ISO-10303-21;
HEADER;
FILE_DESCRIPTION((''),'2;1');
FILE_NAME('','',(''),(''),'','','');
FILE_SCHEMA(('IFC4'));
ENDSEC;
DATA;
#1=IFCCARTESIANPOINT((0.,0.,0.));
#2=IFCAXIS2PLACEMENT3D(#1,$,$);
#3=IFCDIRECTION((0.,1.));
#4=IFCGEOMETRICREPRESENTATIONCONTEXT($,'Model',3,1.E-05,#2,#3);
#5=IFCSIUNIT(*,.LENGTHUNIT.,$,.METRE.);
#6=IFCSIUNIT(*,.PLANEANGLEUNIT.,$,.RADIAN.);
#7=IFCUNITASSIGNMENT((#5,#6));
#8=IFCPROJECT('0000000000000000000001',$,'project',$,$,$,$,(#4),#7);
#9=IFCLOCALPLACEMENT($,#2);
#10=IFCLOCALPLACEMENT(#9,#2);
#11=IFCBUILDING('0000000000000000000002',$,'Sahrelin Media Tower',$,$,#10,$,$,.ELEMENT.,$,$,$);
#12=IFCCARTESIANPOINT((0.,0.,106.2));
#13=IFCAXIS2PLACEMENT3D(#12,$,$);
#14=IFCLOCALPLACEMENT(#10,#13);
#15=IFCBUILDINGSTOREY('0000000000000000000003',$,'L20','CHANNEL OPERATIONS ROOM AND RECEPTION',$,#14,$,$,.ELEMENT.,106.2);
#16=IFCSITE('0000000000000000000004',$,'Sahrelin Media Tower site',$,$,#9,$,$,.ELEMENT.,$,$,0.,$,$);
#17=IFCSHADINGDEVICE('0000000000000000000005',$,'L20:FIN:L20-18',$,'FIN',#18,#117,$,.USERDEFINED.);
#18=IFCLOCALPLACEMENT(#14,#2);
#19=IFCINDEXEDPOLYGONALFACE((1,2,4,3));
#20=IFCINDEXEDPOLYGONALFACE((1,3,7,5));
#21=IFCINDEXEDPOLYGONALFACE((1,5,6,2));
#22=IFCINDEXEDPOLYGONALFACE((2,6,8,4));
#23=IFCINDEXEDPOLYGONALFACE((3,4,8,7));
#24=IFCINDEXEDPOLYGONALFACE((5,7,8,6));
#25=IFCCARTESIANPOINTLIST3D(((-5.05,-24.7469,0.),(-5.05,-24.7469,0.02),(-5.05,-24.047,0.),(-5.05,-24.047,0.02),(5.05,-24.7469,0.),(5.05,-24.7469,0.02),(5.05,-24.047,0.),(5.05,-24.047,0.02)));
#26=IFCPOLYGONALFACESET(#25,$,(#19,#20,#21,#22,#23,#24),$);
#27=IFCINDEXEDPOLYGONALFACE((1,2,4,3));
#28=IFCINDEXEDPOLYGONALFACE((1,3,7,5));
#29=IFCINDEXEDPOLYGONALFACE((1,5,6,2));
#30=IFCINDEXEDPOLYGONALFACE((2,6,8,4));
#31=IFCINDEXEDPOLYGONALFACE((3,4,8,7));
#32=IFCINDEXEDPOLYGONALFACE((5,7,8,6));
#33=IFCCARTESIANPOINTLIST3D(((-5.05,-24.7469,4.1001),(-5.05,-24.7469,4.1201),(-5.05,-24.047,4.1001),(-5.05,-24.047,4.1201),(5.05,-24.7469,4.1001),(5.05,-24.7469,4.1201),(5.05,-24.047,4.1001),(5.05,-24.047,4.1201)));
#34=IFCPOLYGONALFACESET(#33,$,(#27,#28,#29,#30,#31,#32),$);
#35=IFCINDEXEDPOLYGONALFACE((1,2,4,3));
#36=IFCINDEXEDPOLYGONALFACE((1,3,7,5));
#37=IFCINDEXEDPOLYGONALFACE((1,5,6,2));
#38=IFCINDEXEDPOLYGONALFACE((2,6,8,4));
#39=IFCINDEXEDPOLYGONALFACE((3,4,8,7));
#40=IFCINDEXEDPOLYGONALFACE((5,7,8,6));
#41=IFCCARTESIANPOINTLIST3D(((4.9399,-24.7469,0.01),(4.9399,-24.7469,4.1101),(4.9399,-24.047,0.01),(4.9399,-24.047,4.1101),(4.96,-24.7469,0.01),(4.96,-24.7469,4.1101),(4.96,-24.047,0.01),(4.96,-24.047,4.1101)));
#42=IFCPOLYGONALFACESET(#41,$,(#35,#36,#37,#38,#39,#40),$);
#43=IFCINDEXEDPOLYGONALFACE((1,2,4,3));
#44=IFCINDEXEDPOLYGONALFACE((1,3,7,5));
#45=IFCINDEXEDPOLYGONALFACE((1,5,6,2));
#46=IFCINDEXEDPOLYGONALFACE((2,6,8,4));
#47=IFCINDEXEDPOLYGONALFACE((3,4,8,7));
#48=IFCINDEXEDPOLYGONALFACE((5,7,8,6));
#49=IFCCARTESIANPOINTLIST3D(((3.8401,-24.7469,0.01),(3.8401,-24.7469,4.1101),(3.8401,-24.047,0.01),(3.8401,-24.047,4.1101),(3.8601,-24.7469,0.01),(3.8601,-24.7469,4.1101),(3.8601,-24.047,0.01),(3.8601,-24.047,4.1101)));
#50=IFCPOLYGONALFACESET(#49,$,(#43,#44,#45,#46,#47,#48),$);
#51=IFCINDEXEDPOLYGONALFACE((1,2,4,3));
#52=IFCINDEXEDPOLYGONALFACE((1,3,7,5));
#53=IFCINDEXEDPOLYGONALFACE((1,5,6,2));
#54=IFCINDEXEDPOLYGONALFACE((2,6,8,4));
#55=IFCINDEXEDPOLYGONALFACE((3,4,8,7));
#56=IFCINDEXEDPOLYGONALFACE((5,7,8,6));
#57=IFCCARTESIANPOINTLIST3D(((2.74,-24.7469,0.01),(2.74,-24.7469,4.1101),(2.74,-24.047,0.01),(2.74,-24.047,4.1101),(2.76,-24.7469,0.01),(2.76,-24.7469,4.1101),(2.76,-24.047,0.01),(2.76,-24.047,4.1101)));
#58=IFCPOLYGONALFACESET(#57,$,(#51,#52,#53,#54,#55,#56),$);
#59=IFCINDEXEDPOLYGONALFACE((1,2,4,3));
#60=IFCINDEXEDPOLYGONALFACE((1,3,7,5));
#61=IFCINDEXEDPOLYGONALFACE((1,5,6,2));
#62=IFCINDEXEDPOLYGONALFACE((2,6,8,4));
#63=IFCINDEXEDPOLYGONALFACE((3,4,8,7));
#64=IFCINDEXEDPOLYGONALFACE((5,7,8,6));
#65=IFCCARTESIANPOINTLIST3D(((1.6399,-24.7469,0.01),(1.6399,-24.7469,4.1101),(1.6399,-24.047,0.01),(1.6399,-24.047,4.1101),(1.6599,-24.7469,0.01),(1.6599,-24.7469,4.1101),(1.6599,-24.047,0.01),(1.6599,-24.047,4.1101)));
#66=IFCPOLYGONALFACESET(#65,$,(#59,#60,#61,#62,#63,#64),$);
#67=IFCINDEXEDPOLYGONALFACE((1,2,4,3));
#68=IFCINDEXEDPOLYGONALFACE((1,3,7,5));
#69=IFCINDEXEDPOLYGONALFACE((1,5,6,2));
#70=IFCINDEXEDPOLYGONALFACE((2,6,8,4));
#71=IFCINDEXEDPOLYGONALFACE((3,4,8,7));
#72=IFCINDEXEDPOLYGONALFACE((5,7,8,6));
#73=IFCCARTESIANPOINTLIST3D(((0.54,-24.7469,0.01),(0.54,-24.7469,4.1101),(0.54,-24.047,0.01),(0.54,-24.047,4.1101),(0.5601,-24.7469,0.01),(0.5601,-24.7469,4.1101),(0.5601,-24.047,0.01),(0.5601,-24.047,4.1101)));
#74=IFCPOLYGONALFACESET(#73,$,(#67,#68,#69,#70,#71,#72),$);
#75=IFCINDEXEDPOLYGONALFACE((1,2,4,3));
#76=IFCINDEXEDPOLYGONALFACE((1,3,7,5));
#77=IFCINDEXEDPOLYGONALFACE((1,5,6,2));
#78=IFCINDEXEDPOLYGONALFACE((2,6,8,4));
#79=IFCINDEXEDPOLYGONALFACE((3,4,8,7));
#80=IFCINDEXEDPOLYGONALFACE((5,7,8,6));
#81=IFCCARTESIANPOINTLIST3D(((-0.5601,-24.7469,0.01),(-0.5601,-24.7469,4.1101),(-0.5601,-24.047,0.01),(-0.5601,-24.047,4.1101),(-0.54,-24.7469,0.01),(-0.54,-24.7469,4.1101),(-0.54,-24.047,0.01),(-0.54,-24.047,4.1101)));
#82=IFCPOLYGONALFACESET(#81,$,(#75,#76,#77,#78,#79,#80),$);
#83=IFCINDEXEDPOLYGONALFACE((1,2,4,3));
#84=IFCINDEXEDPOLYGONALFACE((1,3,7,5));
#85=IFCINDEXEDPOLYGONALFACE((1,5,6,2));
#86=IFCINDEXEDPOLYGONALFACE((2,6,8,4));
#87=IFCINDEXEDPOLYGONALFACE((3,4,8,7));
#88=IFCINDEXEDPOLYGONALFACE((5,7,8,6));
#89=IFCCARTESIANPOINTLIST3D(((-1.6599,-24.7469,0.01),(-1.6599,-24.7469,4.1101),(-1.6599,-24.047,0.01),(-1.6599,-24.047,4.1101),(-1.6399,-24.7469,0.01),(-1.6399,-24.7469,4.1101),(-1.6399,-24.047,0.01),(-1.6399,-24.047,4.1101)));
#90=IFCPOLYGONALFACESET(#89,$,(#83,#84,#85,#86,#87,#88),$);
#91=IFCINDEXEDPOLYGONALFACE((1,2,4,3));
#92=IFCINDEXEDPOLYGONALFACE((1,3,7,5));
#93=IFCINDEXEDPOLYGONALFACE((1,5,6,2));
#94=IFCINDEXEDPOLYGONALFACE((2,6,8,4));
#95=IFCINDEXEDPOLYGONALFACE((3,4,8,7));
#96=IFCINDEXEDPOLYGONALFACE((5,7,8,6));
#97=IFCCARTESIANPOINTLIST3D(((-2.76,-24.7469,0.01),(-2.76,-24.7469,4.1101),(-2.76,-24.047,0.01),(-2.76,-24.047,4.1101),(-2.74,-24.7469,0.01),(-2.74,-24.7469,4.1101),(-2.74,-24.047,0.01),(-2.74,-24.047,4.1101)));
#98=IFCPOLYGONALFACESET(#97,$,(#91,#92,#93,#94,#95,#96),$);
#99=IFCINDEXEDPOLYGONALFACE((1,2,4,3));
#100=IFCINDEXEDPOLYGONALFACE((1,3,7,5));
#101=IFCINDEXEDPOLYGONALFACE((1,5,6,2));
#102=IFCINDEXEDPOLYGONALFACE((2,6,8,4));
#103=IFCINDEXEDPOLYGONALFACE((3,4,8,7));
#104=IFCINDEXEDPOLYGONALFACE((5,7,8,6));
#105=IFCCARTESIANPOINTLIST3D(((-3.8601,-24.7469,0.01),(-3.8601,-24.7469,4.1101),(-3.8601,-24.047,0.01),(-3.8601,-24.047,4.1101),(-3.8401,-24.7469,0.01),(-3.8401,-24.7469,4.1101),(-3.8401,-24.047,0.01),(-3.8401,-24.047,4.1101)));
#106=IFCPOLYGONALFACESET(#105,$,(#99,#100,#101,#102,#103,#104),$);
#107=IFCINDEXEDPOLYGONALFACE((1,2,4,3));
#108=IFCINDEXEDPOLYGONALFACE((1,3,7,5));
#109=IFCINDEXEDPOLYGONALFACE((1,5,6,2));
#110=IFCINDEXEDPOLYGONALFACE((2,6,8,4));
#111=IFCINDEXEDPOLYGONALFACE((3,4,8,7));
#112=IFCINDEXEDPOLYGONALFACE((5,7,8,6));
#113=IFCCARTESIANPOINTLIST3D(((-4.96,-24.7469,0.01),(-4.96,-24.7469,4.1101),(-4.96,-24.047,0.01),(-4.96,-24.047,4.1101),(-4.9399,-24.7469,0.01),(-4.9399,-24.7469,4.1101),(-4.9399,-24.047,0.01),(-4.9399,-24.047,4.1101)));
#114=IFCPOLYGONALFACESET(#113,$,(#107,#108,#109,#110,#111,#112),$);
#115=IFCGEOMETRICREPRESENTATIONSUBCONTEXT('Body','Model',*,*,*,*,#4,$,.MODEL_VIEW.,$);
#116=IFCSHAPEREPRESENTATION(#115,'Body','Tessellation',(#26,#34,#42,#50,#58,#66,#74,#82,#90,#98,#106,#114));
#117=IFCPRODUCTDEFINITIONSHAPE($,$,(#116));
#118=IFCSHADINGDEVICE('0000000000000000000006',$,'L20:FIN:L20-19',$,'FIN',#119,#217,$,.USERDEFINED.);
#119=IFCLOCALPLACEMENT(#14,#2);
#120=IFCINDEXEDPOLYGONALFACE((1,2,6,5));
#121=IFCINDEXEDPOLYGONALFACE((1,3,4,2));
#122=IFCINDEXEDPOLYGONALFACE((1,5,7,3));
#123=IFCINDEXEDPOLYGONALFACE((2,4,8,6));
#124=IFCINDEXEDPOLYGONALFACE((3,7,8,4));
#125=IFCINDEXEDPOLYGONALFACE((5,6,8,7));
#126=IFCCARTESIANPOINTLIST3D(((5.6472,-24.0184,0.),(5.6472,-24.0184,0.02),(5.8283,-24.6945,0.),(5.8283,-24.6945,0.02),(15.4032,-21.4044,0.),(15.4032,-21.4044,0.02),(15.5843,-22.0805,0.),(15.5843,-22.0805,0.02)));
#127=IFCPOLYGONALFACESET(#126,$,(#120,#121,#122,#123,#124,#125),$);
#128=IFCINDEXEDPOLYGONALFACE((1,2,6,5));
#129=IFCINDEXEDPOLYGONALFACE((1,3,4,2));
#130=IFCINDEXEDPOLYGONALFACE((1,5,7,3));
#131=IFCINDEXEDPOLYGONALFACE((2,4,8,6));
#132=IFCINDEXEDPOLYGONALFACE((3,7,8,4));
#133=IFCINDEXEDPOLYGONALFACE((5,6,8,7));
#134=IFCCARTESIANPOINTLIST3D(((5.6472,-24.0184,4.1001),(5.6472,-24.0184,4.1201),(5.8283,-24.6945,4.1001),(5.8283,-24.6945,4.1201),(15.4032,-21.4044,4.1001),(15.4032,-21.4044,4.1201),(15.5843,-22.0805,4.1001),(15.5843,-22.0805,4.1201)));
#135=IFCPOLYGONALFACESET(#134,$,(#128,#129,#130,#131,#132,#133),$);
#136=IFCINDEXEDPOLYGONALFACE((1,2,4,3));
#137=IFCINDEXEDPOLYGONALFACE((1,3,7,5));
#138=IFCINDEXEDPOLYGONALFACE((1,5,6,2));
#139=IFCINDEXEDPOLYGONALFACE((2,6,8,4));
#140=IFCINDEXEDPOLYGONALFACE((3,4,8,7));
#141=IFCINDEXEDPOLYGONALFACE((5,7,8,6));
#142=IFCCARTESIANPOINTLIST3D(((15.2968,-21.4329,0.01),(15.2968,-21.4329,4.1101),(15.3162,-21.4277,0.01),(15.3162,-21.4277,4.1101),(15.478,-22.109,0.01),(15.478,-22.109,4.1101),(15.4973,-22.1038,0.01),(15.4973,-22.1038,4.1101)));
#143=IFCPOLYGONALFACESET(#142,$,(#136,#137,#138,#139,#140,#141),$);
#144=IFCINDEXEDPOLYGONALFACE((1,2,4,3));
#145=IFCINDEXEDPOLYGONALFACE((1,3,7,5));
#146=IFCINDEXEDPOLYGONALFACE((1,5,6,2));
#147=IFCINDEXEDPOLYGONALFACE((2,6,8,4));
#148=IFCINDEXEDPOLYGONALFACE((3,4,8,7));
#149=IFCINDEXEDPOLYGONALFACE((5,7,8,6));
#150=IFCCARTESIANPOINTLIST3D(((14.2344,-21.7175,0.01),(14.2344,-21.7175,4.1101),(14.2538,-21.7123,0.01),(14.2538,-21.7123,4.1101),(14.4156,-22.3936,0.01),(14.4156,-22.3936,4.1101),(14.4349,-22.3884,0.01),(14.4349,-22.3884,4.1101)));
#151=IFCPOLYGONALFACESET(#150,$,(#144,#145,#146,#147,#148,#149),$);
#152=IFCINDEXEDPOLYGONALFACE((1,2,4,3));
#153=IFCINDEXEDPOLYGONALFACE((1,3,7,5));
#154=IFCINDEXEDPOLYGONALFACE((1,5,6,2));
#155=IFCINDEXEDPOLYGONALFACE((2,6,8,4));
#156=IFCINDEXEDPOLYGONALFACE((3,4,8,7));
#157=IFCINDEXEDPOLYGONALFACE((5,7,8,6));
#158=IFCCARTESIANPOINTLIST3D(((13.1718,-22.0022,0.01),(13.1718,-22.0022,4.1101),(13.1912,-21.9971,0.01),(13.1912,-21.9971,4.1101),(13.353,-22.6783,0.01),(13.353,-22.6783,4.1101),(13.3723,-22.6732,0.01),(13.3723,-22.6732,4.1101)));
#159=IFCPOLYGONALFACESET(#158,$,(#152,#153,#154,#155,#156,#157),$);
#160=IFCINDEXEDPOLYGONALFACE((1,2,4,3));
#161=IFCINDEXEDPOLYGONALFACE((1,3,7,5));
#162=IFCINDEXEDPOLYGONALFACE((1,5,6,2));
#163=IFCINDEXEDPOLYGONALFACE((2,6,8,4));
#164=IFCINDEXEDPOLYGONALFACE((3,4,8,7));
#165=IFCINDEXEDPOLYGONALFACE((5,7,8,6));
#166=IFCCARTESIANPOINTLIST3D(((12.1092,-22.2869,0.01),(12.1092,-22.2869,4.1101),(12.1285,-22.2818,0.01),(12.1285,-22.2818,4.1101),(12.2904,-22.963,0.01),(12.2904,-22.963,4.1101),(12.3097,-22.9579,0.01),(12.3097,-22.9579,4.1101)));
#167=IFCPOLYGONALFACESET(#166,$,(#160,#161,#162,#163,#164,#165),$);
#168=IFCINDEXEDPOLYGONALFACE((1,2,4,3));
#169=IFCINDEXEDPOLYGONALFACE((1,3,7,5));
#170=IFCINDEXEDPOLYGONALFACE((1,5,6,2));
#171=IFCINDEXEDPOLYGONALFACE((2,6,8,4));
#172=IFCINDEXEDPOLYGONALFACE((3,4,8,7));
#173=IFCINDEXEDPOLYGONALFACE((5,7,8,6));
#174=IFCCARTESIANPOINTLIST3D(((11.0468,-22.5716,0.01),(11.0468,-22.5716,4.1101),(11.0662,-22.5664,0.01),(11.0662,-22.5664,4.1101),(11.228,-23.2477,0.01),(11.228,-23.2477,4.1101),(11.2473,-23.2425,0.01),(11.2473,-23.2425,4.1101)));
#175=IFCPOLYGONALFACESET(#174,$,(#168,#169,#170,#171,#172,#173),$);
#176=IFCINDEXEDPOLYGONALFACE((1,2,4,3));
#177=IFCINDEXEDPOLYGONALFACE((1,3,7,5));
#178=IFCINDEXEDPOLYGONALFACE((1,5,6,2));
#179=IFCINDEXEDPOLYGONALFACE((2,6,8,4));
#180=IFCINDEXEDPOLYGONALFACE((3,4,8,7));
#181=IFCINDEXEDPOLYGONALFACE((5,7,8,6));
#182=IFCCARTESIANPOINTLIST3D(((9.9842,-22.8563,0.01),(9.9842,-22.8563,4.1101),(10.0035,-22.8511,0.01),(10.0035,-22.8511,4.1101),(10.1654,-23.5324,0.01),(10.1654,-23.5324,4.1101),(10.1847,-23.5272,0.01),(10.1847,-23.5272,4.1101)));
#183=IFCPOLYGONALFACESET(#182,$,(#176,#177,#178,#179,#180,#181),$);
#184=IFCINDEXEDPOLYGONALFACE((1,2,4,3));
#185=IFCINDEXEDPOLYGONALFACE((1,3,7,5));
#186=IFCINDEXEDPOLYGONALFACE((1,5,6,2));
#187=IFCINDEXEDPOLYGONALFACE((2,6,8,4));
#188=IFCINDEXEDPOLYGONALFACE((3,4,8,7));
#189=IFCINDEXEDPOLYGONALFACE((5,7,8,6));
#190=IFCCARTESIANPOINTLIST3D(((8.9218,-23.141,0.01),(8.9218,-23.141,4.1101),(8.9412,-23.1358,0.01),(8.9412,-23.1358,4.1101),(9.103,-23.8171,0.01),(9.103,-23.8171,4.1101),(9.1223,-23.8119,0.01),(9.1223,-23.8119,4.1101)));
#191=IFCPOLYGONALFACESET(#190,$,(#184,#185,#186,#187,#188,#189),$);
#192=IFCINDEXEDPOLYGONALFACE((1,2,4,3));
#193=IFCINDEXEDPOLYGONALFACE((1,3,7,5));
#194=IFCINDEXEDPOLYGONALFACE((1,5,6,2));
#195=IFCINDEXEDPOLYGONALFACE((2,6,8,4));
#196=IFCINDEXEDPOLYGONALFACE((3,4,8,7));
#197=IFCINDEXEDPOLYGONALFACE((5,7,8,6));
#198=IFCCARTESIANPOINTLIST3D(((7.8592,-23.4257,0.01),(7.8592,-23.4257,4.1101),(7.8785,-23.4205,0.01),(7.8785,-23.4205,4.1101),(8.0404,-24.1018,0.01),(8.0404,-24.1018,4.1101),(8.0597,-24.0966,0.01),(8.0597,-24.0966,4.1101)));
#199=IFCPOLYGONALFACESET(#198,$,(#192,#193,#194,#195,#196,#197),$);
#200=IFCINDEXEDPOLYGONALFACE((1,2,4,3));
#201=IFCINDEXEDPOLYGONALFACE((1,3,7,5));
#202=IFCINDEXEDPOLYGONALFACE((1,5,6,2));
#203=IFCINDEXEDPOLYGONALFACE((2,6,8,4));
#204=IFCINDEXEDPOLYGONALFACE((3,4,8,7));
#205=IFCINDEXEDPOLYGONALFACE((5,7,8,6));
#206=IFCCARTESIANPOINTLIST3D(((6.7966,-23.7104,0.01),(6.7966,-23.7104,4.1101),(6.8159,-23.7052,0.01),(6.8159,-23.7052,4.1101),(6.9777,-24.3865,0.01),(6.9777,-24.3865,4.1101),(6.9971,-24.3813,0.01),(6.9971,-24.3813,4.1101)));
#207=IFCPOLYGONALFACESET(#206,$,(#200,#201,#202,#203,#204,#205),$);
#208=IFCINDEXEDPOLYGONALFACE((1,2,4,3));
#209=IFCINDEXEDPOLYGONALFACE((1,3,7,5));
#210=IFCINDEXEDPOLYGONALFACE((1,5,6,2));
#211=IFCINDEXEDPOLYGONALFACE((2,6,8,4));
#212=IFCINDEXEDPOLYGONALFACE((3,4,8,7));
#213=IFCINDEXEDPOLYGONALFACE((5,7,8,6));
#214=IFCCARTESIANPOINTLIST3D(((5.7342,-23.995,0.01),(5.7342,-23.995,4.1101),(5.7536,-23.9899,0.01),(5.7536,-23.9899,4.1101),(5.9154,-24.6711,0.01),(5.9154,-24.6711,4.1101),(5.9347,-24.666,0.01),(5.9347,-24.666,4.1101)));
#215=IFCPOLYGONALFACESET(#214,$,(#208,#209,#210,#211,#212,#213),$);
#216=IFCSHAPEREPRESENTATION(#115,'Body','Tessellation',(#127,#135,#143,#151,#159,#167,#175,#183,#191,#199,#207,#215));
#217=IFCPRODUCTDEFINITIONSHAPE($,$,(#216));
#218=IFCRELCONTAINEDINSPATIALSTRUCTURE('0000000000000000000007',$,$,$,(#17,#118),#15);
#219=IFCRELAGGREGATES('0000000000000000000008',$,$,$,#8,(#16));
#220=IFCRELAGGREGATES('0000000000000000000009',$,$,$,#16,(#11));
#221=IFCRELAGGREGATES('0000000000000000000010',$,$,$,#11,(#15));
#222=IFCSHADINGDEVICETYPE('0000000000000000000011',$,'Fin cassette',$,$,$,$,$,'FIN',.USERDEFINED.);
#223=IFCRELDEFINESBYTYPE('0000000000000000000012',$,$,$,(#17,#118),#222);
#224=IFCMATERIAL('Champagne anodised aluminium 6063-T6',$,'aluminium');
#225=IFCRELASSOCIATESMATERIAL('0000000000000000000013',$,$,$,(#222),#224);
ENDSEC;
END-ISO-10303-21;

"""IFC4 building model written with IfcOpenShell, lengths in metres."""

from ifc_helpers import new_model, si_unit, direction, frame, origin, origin_2d, place, context, subcontext, project, spatial, rectangle, extrude, material, type_object, element, save


model = new_model("IFC4")

# Units and contexts
model_context = context("Model", 3, precision=1e-05, world=origin(), true_north=direction((0.0, 1.0)))
body_context = subcontext(model_context, "Body", "Model", "MODEL_VIEW")
ifc_project = project(units=[si_unit("LENGTHUNIT", "METRE"), si_unit("PLANEANGLEUNIT", "RADIAN")], contexts=[model_context])

# Site, building, storey
site_placement = place(None, origin())
site = spatial("IfcSite", under=ifc_project, at=site_placement, Name="Sahrelin Media Tower site", CompositionType="ELEMENT", RefElevation=0.0)
building_placement = place(site_placement, origin())
building = spatial("IfcBuilding", under=site, at=building_placement, Name="Sahrelin Media Tower", CompositionType="ELEMENT")
storey_placement = place(building_placement, frame((0.0, 0.0, 106.2)))
storey = spatial("IfcBuildingStorey", under=building, at=storey_placement, Name="L20", Description="CHANNEL OPERATIONS ROOM AND RECEPTION", CompositionType="ELEMENT", Elevation=106.2)

# Shared definitions
ifc_material_1 = material(Name="Champagne anodised aluminium 6063-T6", Category="aluminium")

# Shading devices
shading_device_type_1 = type_object("IfcShadingDeviceType", Name="Fin cassette", ElementType="FIN", PredefinedType="USERDEFINED", material=ifc_material_1)
shading_device_1_placement = place(storey_placement, frame((0.0, -23.9771, 0.0), z_axis=(0.0, 0.0, 1.0), x_axis=(-1.0, 0.0, 0.0)))
element("IfcShadingDevice", 1, at=shading_device_1_placement, inside=storey, type_object=shading_device_type_1, Name="L20:FIN:L20-18", ObjectType="FIN", PredefinedType="USERDEFINED", context=body_context, shape_type="SweptSolid", body=[
    extrude(rectangle(XDim=10.1001, YDim=0.7, at=origin_2d()), frame((0.0, 0.4199, 0.0)), (0.0, 0.0, 1.0), 0.02),
    extrude(rectangle(XDim=10.1001, YDim=0.7, at=origin_2d()), frame((0.0, 0.4199, 4.1001)), (0.0, 0.0, 1.0), 0.02),
    extrude(rectangle(XDim=0.02, YDim=0.7, at=origin_2d()), frame((-4.95, 0.4199, 0.01), z_axis=(0.0, 0.0, 1.0), x_axis=(1.0, 0.0, 0.0)), (0.0, 0.0, 1.0), 4.1001),
    extrude(rectangle(XDim=0.02, YDim=0.7, at=origin_2d()), frame((-3.8501, 0.4199, 0.01), z_axis=(0.0, 0.0, 1.0), x_axis=(1.0, 0.0, 0.0)), (0.0, 0.0, 1.0), 4.1001),
    extrude(rectangle(XDim=0.02, YDim=0.7, at=origin_2d()), frame((-2.75, 0.4199, 0.01), z_axis=(0.0, 0.0, 1.0), x_axis=(1.0, 0.0, 0.0)), (0.0, 0.0, 1.0), 4.1001),
    extrude(rectangle(XDim=0.02, YDim=0.7, at=origin_2d()), frame((-1.6499, 0.4199, 0.01), z_axis=(0.0, 0.0, 1.0), x_axis=(1.0, 0.0, 0.0)), (0.0, 0.0, 1.0), 4.1001),
    extrude(rectangle(XDim=0.02, YDim=0.7, at=origin_2d()), frame((-0.55, 0.4199, 0.01), z_axis=(0.0, 0.0, 1.0), x_axis=(1.0, 0.0, 0.0)), (0.0, 0.0, 1.0), 4.1001),
    extrude(rectangle(XDim=0.02, YDim=0.7, at=origin_2d()), frame((0.55, 0.4199, 0.01), z_axis=(0.0, 0.0, 1.0), x_axis=(1.0, 0.0, 0.0)), (0.0, 0.0, 1.0), 4.1001),
    extrude(rectangle(XDim=0.02, YDim=0.7, at=origin_2d()), frame((1.6499, 0.4199, 0.01), z_axis=(0.0, 0.0, 1.0), x_axis=(1.0, 0.0, 0.0)), (0.0, 0.0, 1.0), 4.1001),
    extrude(rectangle(XDim=0.02, YDim=0.7, at=origin_2d()), frame((2.75, 0.4199, 0.01), z_axis=(0.0, 0.0, 1.0), x_axis=(1.0, 0.0, 0.0)), (0.0, 0.0, 1.0), 4.1001),
    extrude(rectangle(XDim=0.02, YDim=0.7, at=origin_2d()), frame((3.8501, 0.4199, 0.01), z_axis=(0.0, 0.0, 1.0), x_axis=(1.0, 0.0, 0.0)), (0.0, 0.0, 1.0), 4.1001),
    extrude(rectangle(XDim=0.02, YDim=0.7, at=origin_2d()), frame((4.95, 0.4199, 0.01), z_axis=(0.0, 0.0, 1.0), x_axis=(1.0, 0.0, 0.0)), (0.0, 0.0, 1.0), 4.1001),
])
placement = place(storey_placement, frame((10.5071, -22.6438, 0.0), z_axis=(0.0, 0.0, 1.0), x_axis=(-0.965929, -0.258808, 0.0)))
element("IfcShadingDevice", 2, at=placement, inside=storey, type_object=shading_device_type_1, Name="L20:FIN:L20-19", ObjectType="FIN", PredefinedType="USERDEFINED", context=body_context, shape_type="SweptSolid", body=[
    extrude(rectangle(XDim=10.1001, YDim=0.7, at=origin_2d()), frame((0.0, 0.4199, 0.0)), (0.0, 0.0, 1.0), 0.02),
    extrude(rectangle(XDim=10.1001, YDim=0.7, at=origin_2d()), frame((0.0, 0.4199, 4.1001)), (0.0, 0.0, 1.0), 0.02),
    extrude(rectangle(XDim=0.02, YDim=0.7, at=origin_2d()), frame((-4.95, 0.4199, 0.01), z_axis=(0.0, 0.0, 1.0), x_axis=(1.0, 0.0, 0.0)), (0.0, 0.0, 1.0), 4.1001),
    extrude(rectangle(XDim=0.02, YDim=0.7, at=origin_2d()), frame((-3.8501, 0.4199, 0.01), z_axis=(0.0, 0.0, 1.0), x_axis=(1.0, 0.0, 0.0)), (0.0, 0.0, 1.0), 4.1001),
    extrude(rectangle(XDim=0.02, YDim=0.7, at=origin_2d()), frame((-2.75, 0.4199, 0.01), z_axis=(0.0, 0.0, 1.0), x_axis=(1.0, 0.0, 0.0)), (0.0, 0.0, 1.0), 4.1001),
    extrude(rectangle(XDim=0.02, YDim=0.7, at=origin_2d()), frame((-1.6499, 0.4199, 0.01), z_axis=(0.0, 0.0, 1.0), x_axis=(1.0, 0.0, 0.0)), (0.0, 0.0, 1.0), 4.1001),
    extrude(rectangle(XDim=0.02, YDim=0.7, at=origin_2d()), frame((-0.55, 0.4199, 0.01), z_axis=(0.0, 0.0, 1.0), x_axis=(1.0, 0.0, 0.0)), (0.0, 0.0, 1.0), 4.1001),
    extrude(rectangle(XDim=0.02, YDim=0.7, at=origin_2d()), frame((0.55, 0.4199, 0.01), z_axis=(0.0, 0.0, 1.0), x_axis=(1.0, 0.0, 0.0)), (0.0, 0.0, 1.0), 4.1001),
    extrude(rectangle(XDim=0.02, YDim=0.7, at=origin_2d()), frame((1.6499, 0.4199, 0.01), z_axis=(0.0, 0.0, 1.0), x_axis=(1.0, 0.0, 0.0)), (0.0, 0.0, 1.0), 4.1001),
    extrude(rectangle(XDim=0.02, YDim=0.7, at=origin_2d()), frame((2.75, 0.4199, 0.01), z_axis=(0.0, 0.0, 1.0), x_axis=(1.0, 0.0, 0.0)), (0.0, 0.0, 1.0), 4.1001),
    extrude(rectangle(XDim=0.02, YDim=0.7, at=origin_2d()), frame((3.8501, 0.4199, 0.01), z_axis=(0.0, 0.0, 1.0), x_axis=(1.0, 0.0, 0.0)), (0.0, 0.0, 1.0), 4.1001),
    extrude(rectangle(XDim=0.02, YDim=0.7, at=origin_2d()), frame((4.95, 0.4199, 0.01), z_axis=(0.0, 0.0, 1.0), x_axis=(1.0, 0.0, 0.0)), (0.0, 0.0, 1.0), 4.1001),
])

save(model, "model.ifc")
